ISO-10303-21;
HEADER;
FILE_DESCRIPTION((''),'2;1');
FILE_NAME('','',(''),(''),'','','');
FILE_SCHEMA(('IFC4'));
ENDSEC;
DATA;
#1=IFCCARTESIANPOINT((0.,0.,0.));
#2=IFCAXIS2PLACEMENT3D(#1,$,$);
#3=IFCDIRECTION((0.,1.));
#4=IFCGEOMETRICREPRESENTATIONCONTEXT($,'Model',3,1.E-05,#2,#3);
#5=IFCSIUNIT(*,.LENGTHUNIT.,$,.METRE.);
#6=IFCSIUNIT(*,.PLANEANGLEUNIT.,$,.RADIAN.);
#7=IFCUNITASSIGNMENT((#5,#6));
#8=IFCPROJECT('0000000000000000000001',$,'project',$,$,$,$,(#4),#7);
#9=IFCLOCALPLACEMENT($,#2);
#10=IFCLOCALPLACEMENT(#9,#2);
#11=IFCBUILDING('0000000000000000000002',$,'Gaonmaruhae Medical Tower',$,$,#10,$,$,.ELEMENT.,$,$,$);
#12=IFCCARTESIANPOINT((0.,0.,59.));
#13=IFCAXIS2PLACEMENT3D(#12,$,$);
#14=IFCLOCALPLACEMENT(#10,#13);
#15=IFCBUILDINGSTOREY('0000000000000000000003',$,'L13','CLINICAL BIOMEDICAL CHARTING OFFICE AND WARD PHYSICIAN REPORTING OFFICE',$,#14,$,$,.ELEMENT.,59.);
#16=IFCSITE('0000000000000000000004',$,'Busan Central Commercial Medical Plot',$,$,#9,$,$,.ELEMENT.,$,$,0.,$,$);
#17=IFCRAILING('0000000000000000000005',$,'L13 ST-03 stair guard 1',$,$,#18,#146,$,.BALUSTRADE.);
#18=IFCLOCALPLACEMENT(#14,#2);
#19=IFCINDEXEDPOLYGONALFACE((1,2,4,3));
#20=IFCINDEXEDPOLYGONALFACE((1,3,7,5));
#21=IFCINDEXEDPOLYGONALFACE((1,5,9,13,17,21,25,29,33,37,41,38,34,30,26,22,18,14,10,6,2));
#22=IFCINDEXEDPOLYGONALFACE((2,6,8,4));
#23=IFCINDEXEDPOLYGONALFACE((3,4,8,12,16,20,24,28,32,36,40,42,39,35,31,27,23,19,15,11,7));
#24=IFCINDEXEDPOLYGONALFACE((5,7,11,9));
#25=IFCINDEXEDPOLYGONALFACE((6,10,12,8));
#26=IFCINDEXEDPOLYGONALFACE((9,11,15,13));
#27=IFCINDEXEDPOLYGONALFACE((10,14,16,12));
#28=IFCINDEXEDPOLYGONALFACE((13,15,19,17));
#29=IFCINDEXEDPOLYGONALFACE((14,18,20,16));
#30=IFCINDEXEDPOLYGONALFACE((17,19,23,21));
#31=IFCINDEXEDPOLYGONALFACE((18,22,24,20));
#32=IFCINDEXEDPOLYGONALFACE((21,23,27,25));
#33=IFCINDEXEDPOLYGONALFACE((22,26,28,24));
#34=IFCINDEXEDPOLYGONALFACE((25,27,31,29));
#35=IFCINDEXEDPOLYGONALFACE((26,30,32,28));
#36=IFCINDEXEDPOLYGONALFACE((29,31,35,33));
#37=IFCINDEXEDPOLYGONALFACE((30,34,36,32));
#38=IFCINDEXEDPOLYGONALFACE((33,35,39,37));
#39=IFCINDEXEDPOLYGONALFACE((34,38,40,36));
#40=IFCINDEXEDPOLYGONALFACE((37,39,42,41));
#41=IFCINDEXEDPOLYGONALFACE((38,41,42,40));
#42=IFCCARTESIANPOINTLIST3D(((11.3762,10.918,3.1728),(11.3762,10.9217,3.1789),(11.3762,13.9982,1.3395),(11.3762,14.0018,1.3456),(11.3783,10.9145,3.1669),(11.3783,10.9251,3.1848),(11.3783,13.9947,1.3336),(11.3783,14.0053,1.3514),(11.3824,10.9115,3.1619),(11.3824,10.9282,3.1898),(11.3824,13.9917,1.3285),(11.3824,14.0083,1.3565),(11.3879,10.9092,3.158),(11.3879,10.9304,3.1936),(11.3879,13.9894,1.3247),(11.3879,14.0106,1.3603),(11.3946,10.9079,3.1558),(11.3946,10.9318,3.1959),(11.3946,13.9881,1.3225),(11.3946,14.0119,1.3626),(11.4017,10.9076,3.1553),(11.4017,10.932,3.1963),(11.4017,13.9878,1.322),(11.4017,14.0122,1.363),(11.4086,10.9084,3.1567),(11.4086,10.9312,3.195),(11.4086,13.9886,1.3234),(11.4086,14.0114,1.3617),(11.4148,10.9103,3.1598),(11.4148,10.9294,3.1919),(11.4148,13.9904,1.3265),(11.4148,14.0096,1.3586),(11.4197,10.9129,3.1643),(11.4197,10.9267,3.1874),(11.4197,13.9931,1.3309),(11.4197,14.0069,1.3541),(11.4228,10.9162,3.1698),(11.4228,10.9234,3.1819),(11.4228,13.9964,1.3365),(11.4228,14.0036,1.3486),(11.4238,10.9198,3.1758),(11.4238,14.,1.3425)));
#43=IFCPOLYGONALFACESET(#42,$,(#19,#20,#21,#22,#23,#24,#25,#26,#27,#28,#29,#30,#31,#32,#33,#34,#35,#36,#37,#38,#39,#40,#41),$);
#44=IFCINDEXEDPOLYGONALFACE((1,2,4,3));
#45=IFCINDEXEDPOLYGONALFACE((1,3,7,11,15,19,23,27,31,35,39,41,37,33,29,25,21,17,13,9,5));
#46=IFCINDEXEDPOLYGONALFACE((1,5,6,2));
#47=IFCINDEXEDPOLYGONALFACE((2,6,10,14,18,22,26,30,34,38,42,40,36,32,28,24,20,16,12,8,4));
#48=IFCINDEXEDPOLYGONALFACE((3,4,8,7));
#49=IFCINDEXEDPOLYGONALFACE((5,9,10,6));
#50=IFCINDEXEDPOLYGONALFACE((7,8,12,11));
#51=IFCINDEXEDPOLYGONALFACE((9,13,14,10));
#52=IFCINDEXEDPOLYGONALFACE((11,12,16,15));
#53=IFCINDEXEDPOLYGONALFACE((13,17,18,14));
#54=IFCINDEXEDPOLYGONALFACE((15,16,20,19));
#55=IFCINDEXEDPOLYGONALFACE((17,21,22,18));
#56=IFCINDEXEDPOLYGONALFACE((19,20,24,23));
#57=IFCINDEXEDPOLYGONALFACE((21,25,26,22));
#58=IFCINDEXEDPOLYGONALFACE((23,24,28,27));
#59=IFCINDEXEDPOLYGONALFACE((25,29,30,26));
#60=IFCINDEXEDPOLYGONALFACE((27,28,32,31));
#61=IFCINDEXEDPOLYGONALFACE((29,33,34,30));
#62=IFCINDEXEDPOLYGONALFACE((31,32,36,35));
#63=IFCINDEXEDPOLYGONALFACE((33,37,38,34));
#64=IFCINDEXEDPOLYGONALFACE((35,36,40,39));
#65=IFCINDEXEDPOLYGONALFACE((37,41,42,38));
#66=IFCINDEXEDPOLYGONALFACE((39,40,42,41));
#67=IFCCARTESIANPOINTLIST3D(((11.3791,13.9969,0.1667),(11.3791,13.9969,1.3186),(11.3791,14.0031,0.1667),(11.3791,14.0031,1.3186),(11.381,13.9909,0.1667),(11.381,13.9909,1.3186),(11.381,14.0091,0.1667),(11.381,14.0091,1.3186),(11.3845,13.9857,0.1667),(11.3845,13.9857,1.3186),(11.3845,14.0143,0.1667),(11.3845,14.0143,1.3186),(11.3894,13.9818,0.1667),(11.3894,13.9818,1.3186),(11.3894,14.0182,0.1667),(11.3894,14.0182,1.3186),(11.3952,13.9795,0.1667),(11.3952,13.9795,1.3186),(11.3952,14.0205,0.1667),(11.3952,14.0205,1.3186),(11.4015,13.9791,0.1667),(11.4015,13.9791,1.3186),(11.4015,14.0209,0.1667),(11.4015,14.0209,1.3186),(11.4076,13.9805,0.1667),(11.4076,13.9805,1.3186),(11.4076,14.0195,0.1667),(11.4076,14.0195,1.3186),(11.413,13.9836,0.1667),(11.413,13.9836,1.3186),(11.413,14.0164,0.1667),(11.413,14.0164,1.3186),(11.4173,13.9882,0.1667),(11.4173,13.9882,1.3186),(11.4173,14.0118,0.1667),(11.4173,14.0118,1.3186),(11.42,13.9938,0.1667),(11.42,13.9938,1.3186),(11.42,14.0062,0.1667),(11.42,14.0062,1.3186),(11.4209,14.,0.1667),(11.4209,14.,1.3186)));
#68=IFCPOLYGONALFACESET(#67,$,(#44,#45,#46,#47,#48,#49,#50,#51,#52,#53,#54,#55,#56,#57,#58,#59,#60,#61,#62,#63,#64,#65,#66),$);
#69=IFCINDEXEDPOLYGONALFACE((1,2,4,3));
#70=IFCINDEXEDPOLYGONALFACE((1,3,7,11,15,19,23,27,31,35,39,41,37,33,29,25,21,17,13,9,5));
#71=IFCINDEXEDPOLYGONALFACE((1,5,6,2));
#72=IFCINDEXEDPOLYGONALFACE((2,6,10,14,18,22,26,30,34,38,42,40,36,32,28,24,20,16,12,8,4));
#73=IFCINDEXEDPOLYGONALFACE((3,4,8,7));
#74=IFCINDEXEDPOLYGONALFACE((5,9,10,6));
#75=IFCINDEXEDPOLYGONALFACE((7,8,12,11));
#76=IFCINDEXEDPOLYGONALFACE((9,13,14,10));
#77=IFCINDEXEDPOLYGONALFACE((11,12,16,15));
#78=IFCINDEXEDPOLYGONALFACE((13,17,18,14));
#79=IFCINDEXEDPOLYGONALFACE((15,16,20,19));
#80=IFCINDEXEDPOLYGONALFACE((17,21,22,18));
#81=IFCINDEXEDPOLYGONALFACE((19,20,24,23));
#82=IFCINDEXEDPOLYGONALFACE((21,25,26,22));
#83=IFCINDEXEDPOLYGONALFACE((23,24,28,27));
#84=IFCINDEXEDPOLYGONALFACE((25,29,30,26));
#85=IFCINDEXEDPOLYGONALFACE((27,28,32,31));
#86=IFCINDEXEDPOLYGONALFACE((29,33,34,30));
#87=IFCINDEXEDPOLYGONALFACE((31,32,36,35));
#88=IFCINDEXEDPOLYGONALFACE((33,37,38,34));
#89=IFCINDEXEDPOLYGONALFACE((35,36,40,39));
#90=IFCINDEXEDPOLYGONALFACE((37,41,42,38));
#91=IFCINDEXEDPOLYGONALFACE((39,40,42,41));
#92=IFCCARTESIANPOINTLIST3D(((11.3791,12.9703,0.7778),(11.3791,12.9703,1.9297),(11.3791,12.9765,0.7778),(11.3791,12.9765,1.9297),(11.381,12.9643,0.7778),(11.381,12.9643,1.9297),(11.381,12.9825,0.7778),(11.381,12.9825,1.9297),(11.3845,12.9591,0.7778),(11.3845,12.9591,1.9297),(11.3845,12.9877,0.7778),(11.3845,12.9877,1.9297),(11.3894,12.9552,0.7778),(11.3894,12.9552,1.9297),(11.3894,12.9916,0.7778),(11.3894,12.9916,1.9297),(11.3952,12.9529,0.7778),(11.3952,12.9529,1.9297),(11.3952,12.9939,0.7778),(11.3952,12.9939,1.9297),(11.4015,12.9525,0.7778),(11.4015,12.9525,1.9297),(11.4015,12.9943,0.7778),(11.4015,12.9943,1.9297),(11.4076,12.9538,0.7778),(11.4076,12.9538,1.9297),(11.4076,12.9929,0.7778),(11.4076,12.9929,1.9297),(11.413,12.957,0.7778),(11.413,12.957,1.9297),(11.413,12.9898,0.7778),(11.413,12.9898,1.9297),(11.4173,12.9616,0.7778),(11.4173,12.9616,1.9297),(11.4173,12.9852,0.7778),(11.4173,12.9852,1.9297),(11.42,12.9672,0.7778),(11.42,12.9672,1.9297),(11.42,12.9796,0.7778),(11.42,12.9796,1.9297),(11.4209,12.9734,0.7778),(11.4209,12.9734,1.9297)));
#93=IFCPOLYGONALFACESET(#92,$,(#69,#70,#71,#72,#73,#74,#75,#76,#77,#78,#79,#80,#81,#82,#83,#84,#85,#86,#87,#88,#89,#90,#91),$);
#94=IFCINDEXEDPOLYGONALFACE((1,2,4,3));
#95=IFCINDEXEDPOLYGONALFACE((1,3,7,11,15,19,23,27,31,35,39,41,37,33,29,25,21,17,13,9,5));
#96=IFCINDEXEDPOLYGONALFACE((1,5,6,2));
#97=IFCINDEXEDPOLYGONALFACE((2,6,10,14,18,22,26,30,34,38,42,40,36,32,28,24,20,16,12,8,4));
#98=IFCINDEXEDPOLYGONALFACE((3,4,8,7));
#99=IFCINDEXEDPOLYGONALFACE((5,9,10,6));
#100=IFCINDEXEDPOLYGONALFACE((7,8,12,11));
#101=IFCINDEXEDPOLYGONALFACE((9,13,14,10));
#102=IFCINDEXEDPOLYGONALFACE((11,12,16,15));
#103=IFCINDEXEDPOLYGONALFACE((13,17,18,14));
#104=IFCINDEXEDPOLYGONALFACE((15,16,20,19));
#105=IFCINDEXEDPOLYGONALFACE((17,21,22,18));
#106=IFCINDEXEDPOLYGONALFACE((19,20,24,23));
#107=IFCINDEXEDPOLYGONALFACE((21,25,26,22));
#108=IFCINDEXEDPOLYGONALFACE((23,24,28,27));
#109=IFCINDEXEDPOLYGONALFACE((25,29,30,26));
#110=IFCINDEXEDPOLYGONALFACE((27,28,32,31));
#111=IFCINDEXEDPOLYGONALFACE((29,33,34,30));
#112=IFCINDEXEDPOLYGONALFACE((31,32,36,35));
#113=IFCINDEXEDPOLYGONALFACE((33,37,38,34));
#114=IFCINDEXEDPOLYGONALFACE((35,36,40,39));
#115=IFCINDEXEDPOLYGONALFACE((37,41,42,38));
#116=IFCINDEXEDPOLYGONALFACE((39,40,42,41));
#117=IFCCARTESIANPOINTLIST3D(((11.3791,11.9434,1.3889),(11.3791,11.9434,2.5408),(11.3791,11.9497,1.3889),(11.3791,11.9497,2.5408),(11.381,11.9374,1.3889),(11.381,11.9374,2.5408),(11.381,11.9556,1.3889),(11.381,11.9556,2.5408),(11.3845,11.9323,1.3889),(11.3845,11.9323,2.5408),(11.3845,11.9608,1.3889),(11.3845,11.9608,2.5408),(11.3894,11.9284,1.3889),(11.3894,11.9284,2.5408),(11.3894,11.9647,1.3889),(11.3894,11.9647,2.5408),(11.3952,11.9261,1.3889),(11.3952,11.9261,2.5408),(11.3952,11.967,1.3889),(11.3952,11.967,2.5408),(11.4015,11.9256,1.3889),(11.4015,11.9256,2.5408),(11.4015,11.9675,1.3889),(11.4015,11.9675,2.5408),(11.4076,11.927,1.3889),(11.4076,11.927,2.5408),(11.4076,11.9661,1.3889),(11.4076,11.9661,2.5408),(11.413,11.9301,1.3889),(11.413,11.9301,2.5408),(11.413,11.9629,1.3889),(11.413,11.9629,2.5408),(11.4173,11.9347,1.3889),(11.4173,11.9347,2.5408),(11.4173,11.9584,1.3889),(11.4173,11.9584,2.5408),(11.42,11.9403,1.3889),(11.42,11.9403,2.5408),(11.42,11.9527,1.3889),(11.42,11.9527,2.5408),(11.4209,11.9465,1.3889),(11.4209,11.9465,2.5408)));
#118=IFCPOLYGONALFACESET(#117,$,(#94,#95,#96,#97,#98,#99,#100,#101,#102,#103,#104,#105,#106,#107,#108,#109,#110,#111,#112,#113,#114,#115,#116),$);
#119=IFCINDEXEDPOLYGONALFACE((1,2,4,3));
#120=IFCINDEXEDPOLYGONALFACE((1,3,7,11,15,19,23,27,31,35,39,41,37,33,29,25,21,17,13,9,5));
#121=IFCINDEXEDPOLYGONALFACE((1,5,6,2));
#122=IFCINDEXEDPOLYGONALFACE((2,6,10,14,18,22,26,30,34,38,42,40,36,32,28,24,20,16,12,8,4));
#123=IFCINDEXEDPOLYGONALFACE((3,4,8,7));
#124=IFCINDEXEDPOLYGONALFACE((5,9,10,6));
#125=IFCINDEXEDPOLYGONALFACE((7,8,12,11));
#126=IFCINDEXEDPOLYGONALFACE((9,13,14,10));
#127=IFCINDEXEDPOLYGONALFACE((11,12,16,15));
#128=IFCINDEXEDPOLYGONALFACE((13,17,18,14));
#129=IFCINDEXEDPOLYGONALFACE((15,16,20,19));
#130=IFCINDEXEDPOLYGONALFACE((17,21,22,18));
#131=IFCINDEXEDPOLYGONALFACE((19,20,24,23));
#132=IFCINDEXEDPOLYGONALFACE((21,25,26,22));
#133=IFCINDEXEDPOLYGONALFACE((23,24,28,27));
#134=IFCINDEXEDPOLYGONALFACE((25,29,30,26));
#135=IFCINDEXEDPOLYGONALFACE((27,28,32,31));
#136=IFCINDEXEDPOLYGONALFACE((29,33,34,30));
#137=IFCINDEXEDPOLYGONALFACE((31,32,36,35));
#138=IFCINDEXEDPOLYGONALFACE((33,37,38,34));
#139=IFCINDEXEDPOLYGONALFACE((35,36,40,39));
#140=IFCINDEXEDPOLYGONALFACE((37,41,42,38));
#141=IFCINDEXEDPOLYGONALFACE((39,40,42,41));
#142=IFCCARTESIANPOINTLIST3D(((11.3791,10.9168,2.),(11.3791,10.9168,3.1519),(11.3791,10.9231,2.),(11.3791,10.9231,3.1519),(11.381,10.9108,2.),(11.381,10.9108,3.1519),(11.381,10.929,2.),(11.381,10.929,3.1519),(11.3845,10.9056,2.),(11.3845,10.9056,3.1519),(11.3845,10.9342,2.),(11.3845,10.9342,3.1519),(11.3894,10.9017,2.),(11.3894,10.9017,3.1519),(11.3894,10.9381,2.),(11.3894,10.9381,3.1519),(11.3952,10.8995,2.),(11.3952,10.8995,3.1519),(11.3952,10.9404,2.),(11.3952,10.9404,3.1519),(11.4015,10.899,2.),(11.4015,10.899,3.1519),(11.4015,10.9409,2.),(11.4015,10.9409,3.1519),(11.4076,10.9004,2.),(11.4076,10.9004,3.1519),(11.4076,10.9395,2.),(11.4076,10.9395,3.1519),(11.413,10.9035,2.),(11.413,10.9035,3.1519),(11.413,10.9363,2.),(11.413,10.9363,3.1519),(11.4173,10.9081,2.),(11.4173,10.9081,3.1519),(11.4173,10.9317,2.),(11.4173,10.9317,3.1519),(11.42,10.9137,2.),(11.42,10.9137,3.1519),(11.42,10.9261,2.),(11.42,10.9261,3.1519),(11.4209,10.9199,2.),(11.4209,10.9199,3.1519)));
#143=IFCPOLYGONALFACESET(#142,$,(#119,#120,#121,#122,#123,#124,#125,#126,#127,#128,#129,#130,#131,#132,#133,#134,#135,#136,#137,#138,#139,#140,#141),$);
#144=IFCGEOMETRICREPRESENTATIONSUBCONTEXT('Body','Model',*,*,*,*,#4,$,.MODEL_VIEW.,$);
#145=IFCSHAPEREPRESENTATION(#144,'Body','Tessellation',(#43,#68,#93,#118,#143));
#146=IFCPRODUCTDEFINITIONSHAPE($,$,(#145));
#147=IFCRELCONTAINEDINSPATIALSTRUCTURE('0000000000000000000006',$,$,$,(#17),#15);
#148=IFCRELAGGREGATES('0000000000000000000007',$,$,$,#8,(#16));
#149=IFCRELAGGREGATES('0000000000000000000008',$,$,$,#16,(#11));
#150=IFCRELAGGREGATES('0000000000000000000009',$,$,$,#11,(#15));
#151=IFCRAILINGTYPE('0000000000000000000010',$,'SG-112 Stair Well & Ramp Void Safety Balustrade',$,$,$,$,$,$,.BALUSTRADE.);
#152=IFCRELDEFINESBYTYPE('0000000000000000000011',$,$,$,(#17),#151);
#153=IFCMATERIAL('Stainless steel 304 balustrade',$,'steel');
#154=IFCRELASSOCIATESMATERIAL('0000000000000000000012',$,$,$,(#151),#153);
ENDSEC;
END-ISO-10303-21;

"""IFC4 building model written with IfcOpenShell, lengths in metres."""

from ifc_helpers import new_model, si_unit, direction, frame, origin, origin_2d, place, context, subcontext, project, spatial, circle, extrude, material, type_object, element, save


model = new_model("IFC4")

# Units and contexts
model_context = context("Model", 3, precision=1e-05, world=origin(), true_north=direction((0.0, 1.0)))
body_context = subcontext(model_context, "Body", "Model", "MODEL_VIEW")
ifc_project = project(units=[si_unit("LENGTHUNIT", "METRE"), si_unit("PLANEANGLEUNIT", "RADIAN")], contexts=[model_context])

# Site, building, storey
site_placement = place(None, origin())
site = spatial("IfcSite", under=ifc_project, at=site_placement, Name="Busan Central Commercial Medical Plot", CompositionType="ELEMENT", RefElevation=0.0)
building_placement = place(site_placement, origin())
building = spatial("IfcBuilding", under=site, at=building_placement, Name="Gaonmaruhae Medical Tower", CompositionType="ELEMENT")
storey_placement = place(building_placement, frame((0.0, 0.0, 59.0)))
storey = spatial("IfcBuildingStorey", under=building, at=storey_placement, Name="L13", Description="CLINICAL BIOMEDICAL CHARTING OFFICE AND WARD PHYSICIAN REPORTING OFFICE", CompositionType="ELEMENT", Elevation=59.0)

# Railing
ifc_material_1 = material(Name="Stainless steel 304 balustrade", Category="steel")
railing_type_1 = type_object("IfcRailingType", Name="SG-112 Stair Well & Ramp Void Safety Balustrade", PredefinedType="BALUSTRADE", material=ifc_material_1)
railing_1_placement = place(storey_placement, frame((11.3999, 14.0, 0.1667)))
element("IfcRailing", 1, at=railing_1_placement, inside=storey, type_object=railing_type_1, Name="L13 ST-03 stair guard 1", PredefinedType="BALUSTRADE", context=body_context, shape_type="SweptSolid", body=[
    extrude(circle(Radius=0.0239, at=origin_2d()), frame((0.0, 0.0, 1.1758), z_axis=(0.0, -0.859309, 0.511458), x_axis=(1.0, 0.0, 0.0)), (0.0, 0.0, 1.0), 3.5845),
    extrude(circle(Radius=0.021, at=origin_2d()), origin(), (0.0, 0.0, 1.0), 1.1519),
    extrude(circle(Radius=0.021, at=origin_2d()), frame((0.0, -1.0266, 0.6111)), (0.0, 0.0, 1.0), 1.1519),
    extrude(circle(Radius=0.021, at=origin_2d()), frame((0.0, -2.0535, 1.2222)), (0.0, 0.0, 1.0), 1.1519),
    extrude(circle(Radius=0.021, at=origin_2d()), frame((0.0, -3.0801, 1.8333)), (0.0, 0.0, 1.0), 1.1519),
])

save(model, "model.ifc")
